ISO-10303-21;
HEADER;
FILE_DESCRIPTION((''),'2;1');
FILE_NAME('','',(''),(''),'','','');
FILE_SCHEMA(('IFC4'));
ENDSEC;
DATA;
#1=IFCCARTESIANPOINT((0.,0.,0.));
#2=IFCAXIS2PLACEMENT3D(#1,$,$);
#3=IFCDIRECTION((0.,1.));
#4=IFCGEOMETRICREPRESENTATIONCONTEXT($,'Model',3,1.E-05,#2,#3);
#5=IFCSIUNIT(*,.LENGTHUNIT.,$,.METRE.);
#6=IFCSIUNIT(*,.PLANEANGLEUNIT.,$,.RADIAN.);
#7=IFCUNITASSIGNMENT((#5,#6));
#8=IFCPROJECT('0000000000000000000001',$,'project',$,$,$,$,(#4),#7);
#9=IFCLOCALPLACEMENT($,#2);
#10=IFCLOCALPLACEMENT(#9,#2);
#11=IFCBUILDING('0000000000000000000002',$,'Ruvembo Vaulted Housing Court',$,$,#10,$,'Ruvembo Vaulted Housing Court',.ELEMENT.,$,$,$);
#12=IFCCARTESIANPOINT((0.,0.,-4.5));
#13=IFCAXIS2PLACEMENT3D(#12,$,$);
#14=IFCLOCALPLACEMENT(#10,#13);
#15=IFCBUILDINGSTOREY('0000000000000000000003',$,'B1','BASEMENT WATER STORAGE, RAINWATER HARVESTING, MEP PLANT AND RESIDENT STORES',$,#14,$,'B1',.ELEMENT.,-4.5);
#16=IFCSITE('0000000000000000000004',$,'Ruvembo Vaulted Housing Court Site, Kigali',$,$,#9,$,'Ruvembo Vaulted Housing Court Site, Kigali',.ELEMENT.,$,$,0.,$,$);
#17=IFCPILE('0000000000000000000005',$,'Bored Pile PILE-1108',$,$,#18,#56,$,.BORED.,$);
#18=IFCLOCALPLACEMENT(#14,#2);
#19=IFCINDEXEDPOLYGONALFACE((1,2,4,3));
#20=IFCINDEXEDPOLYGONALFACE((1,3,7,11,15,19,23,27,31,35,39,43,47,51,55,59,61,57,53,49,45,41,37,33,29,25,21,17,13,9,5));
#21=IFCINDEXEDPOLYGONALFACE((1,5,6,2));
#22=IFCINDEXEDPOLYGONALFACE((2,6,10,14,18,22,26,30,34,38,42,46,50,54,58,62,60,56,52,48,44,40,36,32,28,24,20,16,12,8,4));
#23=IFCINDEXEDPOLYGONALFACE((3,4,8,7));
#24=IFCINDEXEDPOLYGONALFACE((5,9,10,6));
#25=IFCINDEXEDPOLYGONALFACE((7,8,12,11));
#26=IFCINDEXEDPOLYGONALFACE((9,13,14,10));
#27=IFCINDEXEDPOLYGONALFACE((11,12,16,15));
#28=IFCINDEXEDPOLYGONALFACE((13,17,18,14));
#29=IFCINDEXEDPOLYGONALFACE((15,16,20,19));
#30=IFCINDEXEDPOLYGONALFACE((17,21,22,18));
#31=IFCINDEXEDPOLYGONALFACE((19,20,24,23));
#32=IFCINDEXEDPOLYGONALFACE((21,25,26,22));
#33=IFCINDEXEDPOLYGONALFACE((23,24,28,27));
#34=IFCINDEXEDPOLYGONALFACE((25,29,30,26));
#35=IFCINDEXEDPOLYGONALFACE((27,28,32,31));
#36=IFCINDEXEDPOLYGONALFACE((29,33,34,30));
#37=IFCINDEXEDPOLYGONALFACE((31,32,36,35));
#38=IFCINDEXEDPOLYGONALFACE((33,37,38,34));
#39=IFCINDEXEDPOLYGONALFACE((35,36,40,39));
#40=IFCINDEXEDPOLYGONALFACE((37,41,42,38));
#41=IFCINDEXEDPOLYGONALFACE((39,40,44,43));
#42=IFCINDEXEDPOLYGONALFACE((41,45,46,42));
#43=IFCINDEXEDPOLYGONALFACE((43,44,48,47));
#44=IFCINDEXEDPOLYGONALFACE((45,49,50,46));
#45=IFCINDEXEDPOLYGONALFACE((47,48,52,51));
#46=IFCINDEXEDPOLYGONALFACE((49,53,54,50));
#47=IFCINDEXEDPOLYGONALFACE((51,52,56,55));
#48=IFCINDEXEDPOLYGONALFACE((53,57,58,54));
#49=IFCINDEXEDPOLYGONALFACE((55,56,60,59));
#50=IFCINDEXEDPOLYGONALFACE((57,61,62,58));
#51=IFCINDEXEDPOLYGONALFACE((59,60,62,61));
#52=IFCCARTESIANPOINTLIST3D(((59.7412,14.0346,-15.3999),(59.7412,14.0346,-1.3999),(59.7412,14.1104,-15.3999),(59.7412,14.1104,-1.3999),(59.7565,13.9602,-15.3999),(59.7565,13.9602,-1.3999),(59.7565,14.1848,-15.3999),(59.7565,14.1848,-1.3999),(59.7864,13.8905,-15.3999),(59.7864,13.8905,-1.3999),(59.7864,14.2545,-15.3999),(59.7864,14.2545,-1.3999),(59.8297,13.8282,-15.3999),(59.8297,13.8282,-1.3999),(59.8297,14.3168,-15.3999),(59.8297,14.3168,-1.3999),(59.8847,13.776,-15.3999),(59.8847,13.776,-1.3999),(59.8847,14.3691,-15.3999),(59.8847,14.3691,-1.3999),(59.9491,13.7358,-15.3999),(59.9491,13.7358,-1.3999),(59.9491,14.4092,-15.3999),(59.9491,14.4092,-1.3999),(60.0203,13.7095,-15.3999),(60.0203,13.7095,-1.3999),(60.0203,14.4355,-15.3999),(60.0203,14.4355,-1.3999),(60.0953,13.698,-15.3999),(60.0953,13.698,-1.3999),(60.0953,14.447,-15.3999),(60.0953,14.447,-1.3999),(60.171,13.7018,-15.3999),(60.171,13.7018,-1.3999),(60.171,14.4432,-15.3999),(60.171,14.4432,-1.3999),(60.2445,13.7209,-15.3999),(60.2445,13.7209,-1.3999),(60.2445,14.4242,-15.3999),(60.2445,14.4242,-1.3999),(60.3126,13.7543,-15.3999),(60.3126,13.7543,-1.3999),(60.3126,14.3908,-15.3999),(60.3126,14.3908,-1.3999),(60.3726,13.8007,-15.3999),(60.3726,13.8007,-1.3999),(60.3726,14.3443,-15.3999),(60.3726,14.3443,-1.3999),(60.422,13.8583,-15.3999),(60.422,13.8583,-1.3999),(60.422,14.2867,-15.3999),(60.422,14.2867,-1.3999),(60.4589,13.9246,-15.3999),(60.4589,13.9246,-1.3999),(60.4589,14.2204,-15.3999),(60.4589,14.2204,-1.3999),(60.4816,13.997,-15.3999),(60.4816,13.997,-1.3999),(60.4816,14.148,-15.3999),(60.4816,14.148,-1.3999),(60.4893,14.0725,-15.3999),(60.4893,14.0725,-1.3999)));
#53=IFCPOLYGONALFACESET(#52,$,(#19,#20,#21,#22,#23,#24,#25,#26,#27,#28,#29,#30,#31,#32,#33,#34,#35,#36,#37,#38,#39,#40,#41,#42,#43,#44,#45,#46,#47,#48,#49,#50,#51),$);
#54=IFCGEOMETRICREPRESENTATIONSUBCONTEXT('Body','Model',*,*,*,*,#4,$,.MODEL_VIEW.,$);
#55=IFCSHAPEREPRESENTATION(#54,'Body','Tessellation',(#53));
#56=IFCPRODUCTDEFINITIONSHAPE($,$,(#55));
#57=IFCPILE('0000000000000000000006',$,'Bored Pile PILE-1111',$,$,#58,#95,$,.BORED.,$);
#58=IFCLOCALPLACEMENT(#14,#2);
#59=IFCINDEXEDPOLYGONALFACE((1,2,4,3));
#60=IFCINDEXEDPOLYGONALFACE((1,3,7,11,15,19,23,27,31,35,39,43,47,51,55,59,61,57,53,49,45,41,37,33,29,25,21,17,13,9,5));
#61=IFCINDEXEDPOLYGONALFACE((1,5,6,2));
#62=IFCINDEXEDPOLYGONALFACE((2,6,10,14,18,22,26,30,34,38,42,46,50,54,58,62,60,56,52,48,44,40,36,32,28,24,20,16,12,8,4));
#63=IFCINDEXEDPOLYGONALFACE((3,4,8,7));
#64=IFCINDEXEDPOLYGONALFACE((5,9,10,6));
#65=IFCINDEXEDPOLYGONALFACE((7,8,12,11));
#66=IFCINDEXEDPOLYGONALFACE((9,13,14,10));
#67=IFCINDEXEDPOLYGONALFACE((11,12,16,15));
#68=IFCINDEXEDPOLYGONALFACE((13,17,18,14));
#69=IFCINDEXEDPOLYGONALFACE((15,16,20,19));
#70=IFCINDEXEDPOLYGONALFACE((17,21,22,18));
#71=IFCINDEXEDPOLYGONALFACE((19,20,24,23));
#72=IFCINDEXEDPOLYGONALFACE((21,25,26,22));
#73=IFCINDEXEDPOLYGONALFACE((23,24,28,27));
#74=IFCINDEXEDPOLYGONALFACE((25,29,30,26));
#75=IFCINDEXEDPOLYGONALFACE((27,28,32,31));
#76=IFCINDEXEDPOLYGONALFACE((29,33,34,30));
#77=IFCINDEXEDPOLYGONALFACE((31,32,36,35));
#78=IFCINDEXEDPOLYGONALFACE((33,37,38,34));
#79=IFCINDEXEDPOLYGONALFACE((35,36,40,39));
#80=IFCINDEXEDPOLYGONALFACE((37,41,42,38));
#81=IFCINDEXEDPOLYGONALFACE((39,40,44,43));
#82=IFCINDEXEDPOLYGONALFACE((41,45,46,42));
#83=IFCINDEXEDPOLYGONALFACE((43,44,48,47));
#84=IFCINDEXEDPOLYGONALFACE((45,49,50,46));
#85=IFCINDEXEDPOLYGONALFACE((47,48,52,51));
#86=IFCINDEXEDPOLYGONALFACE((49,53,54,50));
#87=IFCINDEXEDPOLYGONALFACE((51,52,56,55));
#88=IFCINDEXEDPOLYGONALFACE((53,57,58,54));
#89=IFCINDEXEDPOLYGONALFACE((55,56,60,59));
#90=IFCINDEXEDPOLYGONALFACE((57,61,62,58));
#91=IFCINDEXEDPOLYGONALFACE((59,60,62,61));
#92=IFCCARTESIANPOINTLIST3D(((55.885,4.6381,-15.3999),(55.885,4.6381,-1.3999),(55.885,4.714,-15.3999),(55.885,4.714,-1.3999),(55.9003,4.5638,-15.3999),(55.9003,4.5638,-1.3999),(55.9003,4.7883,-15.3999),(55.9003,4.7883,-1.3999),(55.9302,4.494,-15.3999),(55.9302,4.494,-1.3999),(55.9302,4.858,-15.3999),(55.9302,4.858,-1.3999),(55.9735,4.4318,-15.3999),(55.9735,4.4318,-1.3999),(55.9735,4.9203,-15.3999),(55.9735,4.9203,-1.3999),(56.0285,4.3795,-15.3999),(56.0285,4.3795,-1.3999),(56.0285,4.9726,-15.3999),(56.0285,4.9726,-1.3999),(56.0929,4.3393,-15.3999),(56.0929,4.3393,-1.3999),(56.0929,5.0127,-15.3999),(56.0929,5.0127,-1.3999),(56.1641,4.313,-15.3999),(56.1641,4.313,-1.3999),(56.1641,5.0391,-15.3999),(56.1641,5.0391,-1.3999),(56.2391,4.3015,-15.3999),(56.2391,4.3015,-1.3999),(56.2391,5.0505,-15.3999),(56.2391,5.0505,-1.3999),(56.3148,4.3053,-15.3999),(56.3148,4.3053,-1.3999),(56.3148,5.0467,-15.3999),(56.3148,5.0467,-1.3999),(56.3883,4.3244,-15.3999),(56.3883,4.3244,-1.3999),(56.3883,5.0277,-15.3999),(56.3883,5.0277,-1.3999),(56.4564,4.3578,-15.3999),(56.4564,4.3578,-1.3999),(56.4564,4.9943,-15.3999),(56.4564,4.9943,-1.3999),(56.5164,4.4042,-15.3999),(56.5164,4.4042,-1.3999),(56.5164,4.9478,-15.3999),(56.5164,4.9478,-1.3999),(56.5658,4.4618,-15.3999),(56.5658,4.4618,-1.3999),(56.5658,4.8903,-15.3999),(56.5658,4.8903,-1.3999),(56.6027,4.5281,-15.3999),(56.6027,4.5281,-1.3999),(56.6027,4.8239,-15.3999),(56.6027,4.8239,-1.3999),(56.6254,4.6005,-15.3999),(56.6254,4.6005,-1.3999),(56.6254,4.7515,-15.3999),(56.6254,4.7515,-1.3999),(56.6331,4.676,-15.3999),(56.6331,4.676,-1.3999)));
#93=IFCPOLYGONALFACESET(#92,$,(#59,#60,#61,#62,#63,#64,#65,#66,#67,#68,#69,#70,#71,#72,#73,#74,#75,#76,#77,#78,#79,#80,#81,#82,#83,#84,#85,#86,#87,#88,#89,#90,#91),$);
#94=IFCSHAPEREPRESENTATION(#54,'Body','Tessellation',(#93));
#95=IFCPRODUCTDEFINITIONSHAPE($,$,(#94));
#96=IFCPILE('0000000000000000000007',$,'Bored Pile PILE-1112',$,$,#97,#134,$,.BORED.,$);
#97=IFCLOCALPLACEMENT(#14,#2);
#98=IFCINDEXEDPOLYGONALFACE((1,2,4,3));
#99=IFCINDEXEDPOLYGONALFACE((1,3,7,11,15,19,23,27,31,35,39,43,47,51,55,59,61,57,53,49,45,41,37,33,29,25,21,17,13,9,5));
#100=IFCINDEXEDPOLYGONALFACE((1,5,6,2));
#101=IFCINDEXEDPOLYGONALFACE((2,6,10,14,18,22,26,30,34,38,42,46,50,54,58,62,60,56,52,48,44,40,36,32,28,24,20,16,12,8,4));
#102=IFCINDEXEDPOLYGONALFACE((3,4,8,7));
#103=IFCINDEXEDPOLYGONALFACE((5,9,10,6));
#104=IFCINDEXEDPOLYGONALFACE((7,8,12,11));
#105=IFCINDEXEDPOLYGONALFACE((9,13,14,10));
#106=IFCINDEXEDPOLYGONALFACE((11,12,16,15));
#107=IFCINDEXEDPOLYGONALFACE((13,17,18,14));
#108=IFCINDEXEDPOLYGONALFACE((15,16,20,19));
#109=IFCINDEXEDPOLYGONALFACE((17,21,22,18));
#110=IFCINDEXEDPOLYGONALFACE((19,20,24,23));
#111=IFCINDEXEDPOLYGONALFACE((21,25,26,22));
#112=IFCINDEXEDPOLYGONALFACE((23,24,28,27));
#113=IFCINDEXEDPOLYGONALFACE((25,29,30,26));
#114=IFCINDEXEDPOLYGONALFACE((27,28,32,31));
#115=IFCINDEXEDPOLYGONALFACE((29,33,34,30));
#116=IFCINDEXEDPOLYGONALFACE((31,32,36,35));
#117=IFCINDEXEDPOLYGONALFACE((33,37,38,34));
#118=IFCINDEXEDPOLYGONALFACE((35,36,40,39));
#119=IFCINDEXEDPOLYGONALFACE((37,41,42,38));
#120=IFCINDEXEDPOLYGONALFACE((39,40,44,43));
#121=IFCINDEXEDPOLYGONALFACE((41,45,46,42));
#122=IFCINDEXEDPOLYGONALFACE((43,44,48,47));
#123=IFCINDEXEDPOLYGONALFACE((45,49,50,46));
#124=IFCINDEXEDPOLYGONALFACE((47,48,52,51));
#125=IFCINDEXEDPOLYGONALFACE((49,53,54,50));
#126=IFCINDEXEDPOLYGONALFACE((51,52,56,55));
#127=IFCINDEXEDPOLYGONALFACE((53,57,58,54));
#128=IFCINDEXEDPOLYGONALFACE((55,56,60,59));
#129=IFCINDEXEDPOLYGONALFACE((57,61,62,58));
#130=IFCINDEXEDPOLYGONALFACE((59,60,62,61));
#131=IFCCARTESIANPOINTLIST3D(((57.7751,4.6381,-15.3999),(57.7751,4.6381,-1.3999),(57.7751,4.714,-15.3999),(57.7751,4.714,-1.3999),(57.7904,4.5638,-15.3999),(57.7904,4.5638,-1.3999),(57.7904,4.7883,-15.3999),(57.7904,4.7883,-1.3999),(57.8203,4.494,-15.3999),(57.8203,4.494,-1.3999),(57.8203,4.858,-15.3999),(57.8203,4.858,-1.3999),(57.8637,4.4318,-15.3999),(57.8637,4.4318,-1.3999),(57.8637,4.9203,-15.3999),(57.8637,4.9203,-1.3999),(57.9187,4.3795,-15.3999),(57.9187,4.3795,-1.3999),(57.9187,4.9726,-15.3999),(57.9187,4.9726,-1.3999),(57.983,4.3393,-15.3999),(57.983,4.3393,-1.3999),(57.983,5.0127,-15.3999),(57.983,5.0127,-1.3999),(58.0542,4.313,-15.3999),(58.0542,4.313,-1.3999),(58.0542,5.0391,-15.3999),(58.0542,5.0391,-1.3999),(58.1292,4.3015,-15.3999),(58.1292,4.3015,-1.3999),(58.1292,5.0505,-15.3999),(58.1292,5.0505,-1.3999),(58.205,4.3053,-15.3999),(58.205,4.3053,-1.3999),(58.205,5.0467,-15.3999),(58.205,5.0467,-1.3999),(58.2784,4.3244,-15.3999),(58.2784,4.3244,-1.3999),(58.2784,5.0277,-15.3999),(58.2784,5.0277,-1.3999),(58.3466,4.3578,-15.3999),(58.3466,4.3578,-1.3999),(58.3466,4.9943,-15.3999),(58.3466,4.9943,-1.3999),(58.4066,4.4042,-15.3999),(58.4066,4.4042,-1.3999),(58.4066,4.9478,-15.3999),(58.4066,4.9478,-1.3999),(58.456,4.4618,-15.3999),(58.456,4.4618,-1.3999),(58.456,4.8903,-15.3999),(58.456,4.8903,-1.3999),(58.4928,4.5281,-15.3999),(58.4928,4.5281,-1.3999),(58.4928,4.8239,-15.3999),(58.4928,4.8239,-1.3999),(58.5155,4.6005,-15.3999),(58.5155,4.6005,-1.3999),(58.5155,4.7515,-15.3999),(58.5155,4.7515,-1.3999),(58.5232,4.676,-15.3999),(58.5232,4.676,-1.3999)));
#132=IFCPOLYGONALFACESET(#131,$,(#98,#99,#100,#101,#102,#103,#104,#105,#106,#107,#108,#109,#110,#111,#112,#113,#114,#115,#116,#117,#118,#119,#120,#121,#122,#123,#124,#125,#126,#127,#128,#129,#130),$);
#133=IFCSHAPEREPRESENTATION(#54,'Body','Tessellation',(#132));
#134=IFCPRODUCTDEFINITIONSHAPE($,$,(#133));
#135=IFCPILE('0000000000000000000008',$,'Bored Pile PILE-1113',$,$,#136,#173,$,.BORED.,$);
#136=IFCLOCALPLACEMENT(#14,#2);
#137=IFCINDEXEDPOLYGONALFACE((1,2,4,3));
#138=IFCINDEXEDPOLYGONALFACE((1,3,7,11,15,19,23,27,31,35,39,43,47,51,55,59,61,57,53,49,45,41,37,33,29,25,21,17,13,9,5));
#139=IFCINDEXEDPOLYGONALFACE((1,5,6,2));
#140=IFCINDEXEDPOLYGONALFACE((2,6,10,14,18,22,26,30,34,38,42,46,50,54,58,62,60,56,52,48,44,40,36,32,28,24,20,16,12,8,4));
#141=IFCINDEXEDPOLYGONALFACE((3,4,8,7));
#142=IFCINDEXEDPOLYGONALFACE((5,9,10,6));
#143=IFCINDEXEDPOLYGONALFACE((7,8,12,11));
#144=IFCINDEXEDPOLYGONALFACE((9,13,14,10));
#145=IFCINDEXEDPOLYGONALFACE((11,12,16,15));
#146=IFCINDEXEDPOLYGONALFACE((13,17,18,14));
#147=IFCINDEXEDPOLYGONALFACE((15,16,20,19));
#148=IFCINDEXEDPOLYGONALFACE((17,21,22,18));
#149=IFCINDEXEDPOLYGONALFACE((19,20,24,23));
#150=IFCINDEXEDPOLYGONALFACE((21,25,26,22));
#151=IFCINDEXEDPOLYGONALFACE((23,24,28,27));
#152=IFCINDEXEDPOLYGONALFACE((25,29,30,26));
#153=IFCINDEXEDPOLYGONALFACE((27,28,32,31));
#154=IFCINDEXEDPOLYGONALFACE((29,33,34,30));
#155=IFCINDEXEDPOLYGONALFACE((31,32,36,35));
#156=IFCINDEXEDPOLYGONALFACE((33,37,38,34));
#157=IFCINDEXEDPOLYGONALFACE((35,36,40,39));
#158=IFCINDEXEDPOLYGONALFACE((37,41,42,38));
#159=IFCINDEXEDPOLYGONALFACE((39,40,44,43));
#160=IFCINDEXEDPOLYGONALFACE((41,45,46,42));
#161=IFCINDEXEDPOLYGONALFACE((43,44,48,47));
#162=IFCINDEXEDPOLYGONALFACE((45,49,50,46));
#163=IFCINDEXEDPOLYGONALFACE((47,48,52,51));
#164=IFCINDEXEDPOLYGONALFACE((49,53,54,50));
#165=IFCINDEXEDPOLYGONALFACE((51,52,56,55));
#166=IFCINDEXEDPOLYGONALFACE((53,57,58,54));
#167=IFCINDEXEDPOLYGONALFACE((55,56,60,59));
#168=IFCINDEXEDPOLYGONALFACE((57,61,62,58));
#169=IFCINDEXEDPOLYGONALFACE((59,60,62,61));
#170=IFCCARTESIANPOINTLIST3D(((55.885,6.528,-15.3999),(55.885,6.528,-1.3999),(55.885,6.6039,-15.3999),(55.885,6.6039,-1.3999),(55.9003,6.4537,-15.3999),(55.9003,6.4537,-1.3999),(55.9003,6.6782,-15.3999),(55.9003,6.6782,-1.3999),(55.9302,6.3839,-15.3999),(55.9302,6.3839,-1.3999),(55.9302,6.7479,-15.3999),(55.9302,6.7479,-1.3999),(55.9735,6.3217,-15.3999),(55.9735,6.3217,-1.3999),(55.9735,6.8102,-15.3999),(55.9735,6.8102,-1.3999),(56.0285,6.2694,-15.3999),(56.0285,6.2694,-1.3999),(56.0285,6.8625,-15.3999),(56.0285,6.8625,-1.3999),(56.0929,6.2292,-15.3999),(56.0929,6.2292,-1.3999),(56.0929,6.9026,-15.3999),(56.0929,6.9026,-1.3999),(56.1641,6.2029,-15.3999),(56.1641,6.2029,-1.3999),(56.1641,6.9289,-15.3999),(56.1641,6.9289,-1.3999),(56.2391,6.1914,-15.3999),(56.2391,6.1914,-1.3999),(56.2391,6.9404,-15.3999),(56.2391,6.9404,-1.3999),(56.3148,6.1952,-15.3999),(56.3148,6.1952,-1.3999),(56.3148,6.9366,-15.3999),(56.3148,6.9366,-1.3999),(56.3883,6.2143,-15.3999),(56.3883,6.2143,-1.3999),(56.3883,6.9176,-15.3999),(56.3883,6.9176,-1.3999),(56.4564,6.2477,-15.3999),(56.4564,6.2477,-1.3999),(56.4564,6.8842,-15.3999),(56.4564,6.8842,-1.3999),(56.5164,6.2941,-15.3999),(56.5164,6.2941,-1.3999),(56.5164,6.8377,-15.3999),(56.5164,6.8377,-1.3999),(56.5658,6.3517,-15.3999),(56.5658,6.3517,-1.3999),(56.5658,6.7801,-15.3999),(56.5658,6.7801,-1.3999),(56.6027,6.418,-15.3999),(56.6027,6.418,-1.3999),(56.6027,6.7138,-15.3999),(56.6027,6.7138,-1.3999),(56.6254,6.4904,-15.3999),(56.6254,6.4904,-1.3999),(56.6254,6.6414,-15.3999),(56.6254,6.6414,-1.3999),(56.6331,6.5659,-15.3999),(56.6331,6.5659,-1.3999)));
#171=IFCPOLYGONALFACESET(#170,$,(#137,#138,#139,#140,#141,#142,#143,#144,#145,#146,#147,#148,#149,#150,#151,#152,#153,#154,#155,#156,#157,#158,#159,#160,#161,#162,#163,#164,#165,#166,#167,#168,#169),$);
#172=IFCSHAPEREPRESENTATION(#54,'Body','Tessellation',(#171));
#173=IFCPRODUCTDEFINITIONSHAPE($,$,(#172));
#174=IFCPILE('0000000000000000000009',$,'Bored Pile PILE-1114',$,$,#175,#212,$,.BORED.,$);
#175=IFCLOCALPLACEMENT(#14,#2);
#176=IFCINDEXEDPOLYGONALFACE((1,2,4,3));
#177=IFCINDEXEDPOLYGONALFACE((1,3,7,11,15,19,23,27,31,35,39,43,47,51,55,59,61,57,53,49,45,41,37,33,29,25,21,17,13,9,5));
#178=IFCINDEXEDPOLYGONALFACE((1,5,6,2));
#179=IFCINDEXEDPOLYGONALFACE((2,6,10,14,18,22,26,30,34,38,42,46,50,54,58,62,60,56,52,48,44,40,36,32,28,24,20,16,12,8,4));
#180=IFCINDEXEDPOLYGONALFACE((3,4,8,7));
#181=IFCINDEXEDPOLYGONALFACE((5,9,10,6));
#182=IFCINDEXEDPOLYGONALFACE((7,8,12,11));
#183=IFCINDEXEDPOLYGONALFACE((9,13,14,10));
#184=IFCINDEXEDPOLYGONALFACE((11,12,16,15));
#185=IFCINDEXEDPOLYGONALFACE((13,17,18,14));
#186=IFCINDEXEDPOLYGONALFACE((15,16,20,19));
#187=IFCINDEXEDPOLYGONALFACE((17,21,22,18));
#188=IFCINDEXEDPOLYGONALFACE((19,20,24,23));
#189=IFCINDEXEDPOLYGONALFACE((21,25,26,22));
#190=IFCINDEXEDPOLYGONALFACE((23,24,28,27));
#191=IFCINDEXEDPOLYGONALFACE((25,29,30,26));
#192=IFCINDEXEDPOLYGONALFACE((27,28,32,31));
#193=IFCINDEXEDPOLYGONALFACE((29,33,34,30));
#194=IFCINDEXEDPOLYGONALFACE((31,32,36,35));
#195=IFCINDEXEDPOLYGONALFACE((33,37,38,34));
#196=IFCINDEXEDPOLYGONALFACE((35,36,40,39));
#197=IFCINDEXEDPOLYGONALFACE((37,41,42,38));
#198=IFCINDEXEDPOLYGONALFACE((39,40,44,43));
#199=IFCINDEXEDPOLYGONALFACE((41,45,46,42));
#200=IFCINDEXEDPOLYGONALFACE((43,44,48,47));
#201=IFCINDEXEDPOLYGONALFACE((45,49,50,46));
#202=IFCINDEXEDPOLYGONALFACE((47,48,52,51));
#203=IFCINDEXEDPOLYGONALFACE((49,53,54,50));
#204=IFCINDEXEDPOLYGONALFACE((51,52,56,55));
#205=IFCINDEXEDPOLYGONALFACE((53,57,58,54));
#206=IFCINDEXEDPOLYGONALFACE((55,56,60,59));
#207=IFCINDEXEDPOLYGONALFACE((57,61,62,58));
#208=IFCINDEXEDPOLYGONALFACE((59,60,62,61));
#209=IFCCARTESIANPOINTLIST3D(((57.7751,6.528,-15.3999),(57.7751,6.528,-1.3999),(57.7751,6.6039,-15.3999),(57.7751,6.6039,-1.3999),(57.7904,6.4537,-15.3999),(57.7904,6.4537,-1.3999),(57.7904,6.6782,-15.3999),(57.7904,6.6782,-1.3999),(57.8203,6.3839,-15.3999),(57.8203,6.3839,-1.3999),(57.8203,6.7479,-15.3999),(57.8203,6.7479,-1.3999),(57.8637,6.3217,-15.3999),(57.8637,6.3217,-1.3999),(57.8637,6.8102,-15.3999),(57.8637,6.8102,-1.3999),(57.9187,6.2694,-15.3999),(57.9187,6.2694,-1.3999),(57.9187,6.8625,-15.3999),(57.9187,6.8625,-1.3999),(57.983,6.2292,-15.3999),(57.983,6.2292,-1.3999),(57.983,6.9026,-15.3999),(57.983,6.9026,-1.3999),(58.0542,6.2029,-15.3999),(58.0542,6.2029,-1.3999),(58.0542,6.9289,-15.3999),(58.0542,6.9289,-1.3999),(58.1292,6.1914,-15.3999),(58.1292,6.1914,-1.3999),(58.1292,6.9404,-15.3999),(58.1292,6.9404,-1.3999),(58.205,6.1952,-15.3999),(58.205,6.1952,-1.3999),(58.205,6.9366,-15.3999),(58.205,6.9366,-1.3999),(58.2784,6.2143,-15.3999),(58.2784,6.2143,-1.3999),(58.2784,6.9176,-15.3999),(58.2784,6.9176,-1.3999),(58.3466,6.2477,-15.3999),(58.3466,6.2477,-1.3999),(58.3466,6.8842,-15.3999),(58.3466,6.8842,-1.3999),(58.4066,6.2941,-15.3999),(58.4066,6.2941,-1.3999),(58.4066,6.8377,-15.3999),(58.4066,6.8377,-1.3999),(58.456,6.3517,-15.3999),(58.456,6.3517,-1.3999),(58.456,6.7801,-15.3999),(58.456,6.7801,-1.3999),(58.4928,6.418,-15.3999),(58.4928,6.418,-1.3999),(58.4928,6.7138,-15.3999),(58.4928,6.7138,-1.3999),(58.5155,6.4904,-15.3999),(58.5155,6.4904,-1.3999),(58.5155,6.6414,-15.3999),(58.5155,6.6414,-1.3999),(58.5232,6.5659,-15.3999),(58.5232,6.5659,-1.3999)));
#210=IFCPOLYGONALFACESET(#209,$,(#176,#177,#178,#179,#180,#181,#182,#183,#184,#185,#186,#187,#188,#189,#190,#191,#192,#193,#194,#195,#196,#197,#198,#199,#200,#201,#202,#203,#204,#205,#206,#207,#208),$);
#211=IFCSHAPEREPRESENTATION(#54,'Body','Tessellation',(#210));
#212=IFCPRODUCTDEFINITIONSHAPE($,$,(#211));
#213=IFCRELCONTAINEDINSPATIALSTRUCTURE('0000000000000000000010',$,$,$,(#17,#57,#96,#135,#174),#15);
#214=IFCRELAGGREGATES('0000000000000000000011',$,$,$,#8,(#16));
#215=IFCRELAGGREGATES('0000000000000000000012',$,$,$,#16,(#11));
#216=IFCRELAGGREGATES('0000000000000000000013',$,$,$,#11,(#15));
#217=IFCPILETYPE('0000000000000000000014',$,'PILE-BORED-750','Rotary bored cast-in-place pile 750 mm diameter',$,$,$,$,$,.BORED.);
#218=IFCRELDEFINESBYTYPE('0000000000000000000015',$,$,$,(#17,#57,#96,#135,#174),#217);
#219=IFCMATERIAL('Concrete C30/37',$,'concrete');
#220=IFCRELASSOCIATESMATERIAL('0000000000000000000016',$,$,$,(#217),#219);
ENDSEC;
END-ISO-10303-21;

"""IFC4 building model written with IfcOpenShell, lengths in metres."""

from ifc_helpers import new_model, si_unit, direction, frame, origin, origin_2d, place, context, subcontext, project, spatial, circle, extrude, material, material_profile, profile_set, type_object, element, save


model = new_model("IFC4")

# Units and contexts
model_context = context("Model", 3, precision=1e-05, world=origin(), true_north=direction((0.0, 1.0)))
body_context = subcontext(model_context, "Body", "Model", "MODEL_VIEW")
ifc_project = project(units=[si_unit("LENGTHUNIT", "METRE"), si_unit("PLANEANGLEUNIT", "RADIAN")], contexts=[model_context])

# Site, building, storey
site_placement = place(None, origin())
site = spatial("IfcSite", under=ifc_project, at=site_placement, Name="Ruvembo Vaulted Housing Court Site, Kigali", LongName="Ruvembo Vaulted Housing Court Site, Kigali", CompositionType="ELEMENT", RefElevation=0.0)
building_placement = place(site_placement, origin())
building = spatial("IfcBuilding", under=site, at=building_placement, Name="Ruvembo Vaulted Housing Court", LongName="Ruvembo Vaulted Housing Court", CompositionType="ELEMENT")
storey_placement = place(building_placement, frame((0.0, 0.0, -4.5)))
storey = spatial("IfcBuildingStorey", under=building, at=storey_placement, Name="B1", Description="BASEMENT WATER STORAGE, RAINWATER HARVESTING, MEP PLANT AND RESIDENT STORES", LongName="B1", CompositionType="ELEMENT", Elevation=-4.5)

# Piles
ifc_material_1 = material(Name="Concrete C30/37", Category="concrete")
ifc_material_profile_1 = material_profile(ifc_material_1, circle(Radius=0.375, at=origin_2d()), Name="PILE D750")
ifc_profile_set_1 = profile_set([ifc_material_profile_1], Name="Concrete C30/37")
pile_type = type_object("IfcPileType", Name="PILE-BORED-750", Description="Rotary bored cast-in-place pile 750 mm diameter", PredefinedType="BORED", material=ifc_profile_set_1)
for number, where, z_axis, x_axis, name in (
    (1, (60.1143, 14.0725, -1.3999), (0.0, 0.0, -1.0), (1.0, 0.0, 0.0), "Bored Pile PILE-1108"),
    (2, (56.2581, 4.676, -1.3999), (0.0, 0.0, -1.0), (1.0, 0.0, 0.0), "Bored Pile PILE-1111"),
    (3, (58.1482, 4.676, -1.3999), (0.0, 0.0, -1.0), (1.0, 0.0, 0.0), "Bored Pile PILE-1112"),
    (4, (56.2581, 6.5659, -1.3999), (0.0, 0.0, -1.0), (1.0, 0.0, 0.0), "Bored Pile PILE-1113"),
    (5, (58.1482, 6.5659, -1.3999), (0.0, 0.0, -1.0), (1.0, 0.0, 0.0), "Bored Pile PILE-1114"),
):
    element("IfcPile", number, at=place(storey_placement, frame(where, z_axis=z_axis, x_axis=x_axis)), inside=storey, type_object=pile_type, Name=name, PredefinedType="BORED", context=body_context, shape_type="SweptSolid", body=[
        extrude(circle(Radius=0.375, at=origin_2d()), origin(), (0.0, 0.0, 1.0), 14.0),
    ])

save(model, "model.ifc")
